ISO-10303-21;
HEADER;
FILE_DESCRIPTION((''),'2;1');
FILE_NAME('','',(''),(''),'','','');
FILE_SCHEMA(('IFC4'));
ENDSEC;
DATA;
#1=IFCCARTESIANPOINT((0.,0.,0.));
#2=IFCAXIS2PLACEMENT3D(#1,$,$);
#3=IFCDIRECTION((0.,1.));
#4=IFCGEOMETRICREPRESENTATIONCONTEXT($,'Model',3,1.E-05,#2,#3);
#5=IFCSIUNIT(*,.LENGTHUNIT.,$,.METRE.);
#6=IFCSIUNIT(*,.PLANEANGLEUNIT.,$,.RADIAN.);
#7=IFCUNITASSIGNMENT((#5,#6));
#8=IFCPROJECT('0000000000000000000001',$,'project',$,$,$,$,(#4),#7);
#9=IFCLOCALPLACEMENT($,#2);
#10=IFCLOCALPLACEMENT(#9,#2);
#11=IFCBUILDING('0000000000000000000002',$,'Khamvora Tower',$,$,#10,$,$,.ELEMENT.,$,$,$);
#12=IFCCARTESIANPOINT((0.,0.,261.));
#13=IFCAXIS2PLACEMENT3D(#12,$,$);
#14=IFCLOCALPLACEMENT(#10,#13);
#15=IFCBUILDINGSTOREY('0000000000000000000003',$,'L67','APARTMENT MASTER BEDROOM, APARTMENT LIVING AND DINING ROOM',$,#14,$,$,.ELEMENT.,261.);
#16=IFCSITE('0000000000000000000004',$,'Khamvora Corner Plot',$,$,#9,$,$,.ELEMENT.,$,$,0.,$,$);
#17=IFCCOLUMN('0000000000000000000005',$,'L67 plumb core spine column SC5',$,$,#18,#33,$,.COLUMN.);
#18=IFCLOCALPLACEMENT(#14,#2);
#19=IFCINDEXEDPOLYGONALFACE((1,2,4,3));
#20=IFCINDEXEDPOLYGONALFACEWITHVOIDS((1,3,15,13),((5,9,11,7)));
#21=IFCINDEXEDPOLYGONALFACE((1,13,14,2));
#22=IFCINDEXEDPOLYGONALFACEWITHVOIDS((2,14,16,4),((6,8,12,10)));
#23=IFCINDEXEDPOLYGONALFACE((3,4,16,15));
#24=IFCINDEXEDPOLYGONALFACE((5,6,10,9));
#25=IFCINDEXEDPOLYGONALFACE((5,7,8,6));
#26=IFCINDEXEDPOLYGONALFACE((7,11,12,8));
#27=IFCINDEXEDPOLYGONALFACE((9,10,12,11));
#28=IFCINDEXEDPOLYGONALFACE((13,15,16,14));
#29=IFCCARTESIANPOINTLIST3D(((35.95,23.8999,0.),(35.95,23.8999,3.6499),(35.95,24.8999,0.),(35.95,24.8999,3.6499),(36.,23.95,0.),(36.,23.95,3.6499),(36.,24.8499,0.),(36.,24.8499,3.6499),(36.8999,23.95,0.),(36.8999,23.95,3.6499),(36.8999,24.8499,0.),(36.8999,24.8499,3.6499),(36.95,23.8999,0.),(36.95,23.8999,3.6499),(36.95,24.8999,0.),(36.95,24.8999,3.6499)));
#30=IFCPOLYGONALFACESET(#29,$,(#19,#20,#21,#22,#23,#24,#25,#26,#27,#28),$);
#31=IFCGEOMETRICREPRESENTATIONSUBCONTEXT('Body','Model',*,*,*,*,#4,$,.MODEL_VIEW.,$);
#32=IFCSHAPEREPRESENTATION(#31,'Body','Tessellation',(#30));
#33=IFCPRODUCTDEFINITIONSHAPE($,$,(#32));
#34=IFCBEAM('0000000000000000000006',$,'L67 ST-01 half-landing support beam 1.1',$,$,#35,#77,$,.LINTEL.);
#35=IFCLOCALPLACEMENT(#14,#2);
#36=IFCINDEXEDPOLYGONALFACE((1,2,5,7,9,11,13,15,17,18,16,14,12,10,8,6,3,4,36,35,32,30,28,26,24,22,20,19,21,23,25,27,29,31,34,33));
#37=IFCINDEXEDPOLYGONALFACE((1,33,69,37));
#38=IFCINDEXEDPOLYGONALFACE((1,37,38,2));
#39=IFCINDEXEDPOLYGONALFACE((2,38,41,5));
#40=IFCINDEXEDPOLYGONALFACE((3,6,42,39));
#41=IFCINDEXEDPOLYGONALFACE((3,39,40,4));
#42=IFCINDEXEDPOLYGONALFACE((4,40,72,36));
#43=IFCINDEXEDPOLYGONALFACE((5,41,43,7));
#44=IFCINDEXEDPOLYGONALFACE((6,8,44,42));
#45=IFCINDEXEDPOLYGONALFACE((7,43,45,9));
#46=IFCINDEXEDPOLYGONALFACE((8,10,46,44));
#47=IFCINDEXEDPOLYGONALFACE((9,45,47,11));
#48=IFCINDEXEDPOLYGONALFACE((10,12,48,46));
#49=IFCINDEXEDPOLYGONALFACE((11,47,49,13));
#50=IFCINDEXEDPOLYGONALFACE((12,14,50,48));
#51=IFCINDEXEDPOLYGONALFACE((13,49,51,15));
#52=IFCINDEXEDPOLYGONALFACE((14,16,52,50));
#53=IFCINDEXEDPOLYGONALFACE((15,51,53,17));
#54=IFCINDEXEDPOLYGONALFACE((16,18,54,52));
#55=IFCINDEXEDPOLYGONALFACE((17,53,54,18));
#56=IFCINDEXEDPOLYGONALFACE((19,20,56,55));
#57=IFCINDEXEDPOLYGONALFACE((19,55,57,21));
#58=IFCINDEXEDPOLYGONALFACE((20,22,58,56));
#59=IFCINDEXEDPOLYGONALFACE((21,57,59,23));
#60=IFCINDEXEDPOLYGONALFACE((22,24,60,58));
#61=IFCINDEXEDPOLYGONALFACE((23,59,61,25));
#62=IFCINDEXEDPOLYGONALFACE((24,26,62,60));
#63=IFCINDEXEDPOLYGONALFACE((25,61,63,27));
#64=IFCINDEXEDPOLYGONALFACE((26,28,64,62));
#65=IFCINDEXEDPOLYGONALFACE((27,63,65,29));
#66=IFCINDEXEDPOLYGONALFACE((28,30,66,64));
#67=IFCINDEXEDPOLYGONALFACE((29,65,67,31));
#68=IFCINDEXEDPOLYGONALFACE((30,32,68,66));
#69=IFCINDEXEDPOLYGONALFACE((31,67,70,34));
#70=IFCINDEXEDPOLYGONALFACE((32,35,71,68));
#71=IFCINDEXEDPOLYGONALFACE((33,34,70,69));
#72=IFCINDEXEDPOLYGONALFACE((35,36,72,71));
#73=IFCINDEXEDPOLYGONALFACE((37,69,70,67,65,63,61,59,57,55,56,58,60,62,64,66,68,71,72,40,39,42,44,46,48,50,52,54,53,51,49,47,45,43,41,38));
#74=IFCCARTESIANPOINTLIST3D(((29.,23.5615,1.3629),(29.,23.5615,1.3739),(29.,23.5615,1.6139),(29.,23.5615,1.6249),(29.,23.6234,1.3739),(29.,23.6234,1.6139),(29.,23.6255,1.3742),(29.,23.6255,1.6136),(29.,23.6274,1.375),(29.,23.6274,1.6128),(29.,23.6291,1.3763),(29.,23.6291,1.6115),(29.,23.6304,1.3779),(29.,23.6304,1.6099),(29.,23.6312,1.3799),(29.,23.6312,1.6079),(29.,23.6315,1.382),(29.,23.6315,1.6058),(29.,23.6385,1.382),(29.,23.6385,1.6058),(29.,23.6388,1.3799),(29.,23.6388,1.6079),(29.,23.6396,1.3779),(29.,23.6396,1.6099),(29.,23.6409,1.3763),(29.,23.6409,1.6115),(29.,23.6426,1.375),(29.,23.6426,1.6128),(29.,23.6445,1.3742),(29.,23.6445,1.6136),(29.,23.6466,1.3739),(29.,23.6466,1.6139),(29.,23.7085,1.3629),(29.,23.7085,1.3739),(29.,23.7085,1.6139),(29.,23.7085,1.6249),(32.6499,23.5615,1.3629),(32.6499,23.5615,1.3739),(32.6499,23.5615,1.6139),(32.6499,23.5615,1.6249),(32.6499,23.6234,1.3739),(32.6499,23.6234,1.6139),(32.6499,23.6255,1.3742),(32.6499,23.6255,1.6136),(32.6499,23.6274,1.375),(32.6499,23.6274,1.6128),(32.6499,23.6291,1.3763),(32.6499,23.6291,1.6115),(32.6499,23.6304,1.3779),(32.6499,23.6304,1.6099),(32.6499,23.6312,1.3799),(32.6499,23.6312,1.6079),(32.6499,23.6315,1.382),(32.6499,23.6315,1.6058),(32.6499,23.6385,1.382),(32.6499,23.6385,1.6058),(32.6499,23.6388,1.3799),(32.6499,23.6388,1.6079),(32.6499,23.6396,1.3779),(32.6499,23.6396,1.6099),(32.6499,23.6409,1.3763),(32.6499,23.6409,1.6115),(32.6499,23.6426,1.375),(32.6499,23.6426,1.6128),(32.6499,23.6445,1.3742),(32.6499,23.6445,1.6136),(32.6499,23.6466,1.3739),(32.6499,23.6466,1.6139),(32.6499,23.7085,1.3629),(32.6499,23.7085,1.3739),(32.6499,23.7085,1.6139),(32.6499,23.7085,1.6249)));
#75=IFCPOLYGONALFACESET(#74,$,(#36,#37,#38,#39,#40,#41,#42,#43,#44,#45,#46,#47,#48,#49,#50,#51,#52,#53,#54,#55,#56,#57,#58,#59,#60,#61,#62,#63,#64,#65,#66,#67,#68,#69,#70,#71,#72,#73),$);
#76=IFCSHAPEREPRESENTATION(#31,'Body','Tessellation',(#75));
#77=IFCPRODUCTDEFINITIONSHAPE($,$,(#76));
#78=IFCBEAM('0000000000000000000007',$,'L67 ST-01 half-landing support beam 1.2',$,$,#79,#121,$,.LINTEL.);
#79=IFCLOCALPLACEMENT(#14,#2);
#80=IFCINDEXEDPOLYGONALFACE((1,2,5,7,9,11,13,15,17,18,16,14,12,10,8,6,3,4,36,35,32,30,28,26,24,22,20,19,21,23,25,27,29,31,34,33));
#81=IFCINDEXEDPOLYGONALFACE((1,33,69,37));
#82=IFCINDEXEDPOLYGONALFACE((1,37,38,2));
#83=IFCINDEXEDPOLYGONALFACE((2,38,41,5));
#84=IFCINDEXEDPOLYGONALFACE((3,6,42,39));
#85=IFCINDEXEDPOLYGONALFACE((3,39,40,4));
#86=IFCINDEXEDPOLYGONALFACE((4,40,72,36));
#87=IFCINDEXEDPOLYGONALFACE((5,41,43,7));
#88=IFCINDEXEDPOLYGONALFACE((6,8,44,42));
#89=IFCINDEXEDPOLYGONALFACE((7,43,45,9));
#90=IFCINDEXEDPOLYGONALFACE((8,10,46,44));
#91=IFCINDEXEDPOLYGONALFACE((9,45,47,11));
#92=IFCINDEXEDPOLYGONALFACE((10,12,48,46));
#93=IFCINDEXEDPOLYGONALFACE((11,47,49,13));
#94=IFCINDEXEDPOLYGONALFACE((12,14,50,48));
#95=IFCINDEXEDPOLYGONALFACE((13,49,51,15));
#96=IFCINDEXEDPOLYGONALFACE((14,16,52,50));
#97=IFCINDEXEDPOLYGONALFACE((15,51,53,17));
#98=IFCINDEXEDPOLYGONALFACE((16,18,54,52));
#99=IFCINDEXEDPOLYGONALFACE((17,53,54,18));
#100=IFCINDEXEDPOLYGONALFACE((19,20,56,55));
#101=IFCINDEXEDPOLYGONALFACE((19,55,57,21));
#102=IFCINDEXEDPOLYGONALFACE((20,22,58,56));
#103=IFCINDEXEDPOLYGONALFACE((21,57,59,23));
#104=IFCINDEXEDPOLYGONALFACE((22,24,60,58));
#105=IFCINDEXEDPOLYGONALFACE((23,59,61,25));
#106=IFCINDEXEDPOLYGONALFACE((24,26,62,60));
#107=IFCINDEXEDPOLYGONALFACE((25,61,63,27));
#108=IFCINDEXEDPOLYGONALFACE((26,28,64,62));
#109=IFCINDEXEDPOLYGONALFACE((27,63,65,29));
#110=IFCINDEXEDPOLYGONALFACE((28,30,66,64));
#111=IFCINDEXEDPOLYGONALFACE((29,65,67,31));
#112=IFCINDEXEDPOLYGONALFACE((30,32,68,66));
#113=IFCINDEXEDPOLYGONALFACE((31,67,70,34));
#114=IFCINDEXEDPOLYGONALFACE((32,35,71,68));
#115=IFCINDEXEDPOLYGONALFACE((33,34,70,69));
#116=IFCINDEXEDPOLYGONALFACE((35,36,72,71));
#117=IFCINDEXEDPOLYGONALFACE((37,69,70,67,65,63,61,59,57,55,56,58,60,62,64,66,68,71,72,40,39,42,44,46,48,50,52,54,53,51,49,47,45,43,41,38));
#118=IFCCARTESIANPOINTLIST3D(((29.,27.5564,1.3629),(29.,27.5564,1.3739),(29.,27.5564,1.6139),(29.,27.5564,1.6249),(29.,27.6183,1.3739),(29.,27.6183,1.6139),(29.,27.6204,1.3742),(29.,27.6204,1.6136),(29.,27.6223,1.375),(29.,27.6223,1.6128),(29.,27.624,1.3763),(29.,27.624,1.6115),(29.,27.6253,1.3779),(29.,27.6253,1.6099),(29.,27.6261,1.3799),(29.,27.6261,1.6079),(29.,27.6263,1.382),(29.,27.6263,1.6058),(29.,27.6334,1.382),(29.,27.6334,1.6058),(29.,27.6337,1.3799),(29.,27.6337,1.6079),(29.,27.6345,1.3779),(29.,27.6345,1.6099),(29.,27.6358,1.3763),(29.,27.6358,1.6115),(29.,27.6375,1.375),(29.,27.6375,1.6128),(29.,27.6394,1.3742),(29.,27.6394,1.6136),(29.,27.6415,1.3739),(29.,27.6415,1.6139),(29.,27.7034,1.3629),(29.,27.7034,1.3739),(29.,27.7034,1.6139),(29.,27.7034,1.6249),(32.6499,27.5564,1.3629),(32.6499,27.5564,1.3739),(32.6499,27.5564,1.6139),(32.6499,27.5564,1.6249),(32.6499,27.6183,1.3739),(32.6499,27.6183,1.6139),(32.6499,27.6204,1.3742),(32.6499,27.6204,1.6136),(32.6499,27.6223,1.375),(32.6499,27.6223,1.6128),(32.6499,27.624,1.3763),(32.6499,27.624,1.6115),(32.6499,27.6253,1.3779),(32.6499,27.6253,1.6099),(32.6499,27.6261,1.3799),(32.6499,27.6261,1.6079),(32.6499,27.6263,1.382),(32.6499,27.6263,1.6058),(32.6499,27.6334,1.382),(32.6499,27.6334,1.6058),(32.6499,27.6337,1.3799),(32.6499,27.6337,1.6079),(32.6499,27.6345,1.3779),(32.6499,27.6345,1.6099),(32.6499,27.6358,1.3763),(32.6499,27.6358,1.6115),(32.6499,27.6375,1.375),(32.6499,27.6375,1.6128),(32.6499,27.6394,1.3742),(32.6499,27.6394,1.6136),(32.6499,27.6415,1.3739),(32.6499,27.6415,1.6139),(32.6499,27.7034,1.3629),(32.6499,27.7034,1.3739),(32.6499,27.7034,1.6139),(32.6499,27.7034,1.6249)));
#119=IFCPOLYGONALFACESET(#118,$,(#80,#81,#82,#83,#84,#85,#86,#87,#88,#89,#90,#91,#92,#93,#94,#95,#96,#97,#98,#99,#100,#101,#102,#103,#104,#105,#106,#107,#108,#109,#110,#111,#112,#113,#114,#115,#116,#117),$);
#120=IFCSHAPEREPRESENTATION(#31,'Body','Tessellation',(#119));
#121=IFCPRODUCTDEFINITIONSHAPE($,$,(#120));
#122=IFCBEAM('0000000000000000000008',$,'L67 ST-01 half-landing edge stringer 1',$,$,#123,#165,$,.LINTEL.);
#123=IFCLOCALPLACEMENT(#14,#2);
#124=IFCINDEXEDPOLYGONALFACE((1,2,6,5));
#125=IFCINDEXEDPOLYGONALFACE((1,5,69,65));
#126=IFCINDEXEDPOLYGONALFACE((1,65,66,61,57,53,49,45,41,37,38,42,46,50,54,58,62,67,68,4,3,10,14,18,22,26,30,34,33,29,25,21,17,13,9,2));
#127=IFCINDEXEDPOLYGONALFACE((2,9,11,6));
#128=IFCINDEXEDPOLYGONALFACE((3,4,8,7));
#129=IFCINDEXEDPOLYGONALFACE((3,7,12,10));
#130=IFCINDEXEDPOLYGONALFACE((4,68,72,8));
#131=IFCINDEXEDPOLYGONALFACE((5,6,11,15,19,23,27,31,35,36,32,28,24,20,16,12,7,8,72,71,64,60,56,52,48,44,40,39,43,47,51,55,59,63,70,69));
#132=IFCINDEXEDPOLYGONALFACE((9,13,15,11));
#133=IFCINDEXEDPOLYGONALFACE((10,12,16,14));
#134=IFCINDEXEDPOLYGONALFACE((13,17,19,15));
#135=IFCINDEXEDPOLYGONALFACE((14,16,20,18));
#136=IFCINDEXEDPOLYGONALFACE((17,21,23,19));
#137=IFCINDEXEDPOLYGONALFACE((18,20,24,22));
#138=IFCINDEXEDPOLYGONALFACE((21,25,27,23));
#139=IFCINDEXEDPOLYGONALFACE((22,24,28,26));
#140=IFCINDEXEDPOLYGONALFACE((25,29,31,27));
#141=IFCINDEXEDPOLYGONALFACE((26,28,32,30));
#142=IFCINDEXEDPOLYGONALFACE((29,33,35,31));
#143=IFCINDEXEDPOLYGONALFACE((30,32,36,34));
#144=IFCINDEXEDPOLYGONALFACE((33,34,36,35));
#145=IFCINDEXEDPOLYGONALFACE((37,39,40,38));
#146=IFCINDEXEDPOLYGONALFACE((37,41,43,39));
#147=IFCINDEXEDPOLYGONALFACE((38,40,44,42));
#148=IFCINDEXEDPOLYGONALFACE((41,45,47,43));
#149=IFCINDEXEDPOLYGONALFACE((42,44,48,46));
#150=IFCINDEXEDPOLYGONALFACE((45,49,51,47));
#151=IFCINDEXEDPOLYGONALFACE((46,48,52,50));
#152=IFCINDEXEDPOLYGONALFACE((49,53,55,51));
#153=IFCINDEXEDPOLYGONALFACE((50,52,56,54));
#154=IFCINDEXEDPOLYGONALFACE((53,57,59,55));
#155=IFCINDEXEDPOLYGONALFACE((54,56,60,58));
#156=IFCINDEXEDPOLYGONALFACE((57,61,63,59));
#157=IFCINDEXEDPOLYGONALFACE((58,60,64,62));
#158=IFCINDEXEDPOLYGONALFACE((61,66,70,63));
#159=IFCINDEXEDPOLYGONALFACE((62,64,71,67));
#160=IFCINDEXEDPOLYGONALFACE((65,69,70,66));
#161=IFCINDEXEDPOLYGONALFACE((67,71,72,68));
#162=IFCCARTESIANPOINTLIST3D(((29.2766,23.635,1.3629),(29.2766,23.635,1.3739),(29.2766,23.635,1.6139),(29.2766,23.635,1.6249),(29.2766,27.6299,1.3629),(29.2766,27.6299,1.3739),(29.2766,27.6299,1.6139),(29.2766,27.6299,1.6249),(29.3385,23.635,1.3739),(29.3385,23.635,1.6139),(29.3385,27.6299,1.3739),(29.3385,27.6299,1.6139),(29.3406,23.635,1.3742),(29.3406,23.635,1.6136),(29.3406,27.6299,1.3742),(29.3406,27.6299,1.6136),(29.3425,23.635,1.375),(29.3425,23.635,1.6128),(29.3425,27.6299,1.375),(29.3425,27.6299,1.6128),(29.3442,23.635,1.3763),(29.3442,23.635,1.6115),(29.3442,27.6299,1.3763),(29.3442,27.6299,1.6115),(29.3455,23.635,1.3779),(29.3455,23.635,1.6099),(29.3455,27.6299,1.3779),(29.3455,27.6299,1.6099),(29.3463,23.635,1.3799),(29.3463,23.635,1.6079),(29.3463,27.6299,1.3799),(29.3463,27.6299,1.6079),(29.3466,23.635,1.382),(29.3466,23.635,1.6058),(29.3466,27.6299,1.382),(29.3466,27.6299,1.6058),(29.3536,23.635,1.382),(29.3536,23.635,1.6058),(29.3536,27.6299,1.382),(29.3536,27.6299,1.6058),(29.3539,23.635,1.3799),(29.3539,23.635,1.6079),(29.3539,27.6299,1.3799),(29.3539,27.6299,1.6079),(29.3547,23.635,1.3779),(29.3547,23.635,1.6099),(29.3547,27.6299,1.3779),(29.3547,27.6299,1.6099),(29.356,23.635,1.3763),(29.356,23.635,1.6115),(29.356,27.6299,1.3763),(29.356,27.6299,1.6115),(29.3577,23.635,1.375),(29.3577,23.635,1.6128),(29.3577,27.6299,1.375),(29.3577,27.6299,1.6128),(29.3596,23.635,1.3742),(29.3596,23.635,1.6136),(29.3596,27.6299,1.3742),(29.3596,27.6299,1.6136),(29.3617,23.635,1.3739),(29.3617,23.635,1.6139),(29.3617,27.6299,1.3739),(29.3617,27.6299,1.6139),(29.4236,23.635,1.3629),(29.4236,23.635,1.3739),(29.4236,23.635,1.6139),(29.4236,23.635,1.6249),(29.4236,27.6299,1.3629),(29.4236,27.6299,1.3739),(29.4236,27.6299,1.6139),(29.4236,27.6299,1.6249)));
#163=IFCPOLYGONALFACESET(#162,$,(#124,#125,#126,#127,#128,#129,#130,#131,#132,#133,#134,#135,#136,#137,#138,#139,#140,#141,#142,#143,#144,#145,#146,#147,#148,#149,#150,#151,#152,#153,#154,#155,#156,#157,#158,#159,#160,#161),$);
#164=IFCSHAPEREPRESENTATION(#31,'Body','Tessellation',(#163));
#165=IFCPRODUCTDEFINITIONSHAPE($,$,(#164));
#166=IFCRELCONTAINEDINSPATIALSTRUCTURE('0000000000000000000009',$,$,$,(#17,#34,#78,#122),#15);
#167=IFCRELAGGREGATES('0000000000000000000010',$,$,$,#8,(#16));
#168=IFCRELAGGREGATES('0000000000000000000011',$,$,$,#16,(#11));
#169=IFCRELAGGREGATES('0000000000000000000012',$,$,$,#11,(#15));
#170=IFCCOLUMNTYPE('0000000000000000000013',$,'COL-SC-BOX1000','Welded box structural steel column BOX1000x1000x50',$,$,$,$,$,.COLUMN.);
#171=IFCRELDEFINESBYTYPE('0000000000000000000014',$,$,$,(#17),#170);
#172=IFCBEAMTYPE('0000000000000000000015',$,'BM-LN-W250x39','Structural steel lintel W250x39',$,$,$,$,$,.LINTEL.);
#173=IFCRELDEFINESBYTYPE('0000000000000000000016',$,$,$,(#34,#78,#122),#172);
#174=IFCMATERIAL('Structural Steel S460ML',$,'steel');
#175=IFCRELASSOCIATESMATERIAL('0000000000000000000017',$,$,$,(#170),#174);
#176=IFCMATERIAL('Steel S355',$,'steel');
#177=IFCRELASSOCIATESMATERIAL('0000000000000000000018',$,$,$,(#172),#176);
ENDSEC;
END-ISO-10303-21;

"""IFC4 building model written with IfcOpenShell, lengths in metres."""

from ifc_helpers import new_model, si_unit, direction, frame, origin, origin_2d, place, context, subcontext, project, spatial, hollow_rectangle, i_section, extrude, material, material_profile, profile_set, type_object, element, save


model = new_model("IFC4")

# Units and contexts
model_context = context("Model", 3, precision=1e-05, world=origin(), true_north=direction((0.0, 1.0)))
body_context = subcontext(model_context, "Body", "Model", "MODEL_VIEW")
ifc_project = project(units=[si_unit("LENGTHUNIT", "METRE"), si_unit("PLANEANGLEUNIT", "RADIAN")], contexts=[model_context])

# Site, building, storey
site_placement = place(None, origin())
site = spatial("IfcSite", under=ifc_project, at=site_placement, Name="Khamvora Corner Plot", CompositionType="ELEMENT", RefElevation=0.0)
building_placement = place(site_placement, origin())
building = spatial("IfcBuilding", under=site, at=building_placement, Name="Khamvora Tower", CompositionType="ELEMENT")
storey_placement = place(building_placement, frame((0.0, 0.0, 261.0)))
storey = spatial("IfcBuildingStorey", under=building, at=storey_placement, Name="L67", Description="APARTMENT MASTER BEDROOM, APARTMENT LIVING AND DINING ROOM", CompositionType="ELEMENT", Elevation=261.0)

# Column
ifc_material_1 = material(Name="Structural Steel S460ML", Category="steel")
ifc_material_profile_1 = material_profile(ifc_material_1, hollow_rectangle(XDim=1.0, YDim=1.0, WallThickness=0.05, at=origin_2d()), Name="BOX1000x1000x50")
ifc_profile_set_1 = profile_set([ifc_material_profile_1], Name="Structural Steel S460ML")
column_type = type_object("IfcColumnType", Name="COL-SC-BOX1000", Description="Welded box structural steel column BOX1000x1000x50", PredefinedType="COLUMN", material=ifc_profile_set_1)
column_placement = place(storey_placement, frame((36.45, 24.3999, 0.0), z_axis=(0.0, 0.0, 1.0), x_axis=(1.0, 0.0, 0.0)))
element("IfcColumn", 1, at=column_placement, inside=storey, type_object=column_type, Name="L67 plumb core spine column SC5", PredefinedType="COLUMN", context=body_context, shape_type="SweptSolid", body=[
    extrude(hollow_rectangle(XDim=1.0, YDim=1.0, WallThickness=0.05, at=origin_2d()), origin(), (0.0, 0.0, 1.0), 3.6499),
])

# Beams
ifc_material_2 = material(Name="Steel S355", Category="steel")
ifc_material_profile_2 = material_profile(ifc_material_2, i_section(OverallWidth=0.147, OverallDepth=0.262, WebThickness=0.0071, FlangeThickness=0.011, FilletRadius=0.0081, at=origin_2d()), Name="W250x39")
ifc_profile_set_2 = profile_set([ifc_material_profile_2], Name="Steel S355")
beam_type_1 = type_object("IfcBeamType", Name="BM-LN-W250x39", Description="Structural steel lintel W250x39", PredefinedType="LINTEL", material=ifc_profile_set_2)
for number, where, z_axis, x_axis, name in (
    (2, (29.0, 23.635, 1.4939), (1.0, 0.0, 0.0), (0.0, 1.0, 0.0), "L67 ST-01 half-landing support beam 1.1"),
    (3, (29.0, 27.6299, 1.4939), (1.0, 0.0, 0.0), (0.0, 1.0, 0.0), "L67 ST-01 half-landing support beam 1.2"),
):
    element("IfcBeam", number, at=place(storey_placement, frame(where, z_axis=z_axis, x_axis=x_axis)), inside=storey, type_object=beam_type_1, Name=name, PredefinedType="LINTEL", context=body_context, shape_type="SweptSolid", body=[
        extrude(i_section(OverallWidth=0.147, OverallDepth=0.262, WebThickness=0.0071, FlangeThickness=0.011, FilletRadius=0.0081, at=origin_2d()), origin(), (0.0, 0.0, 1.0), 3.6499),
    ])
beam_1_placement = place(storey_placement, frame((29.3501, 23.635, 1.4939), z_axis=(0.0, 1.0, 0.0), x_axis=(-1.0, 0.0, 0.0)))
element("IfcBeam", 4, at=beam_1_placement, inside=storey, type_object=beam_type_1, Name="L67 ST-01 half-landing edge stringer 1", PredefinedType="LINTEL", context=body_context, shape_type="SweptSolid", body=[
    extrude(i_section(OverallWidth=0.147, OverallDepth=0.262, WebThickness=0.0071, FlangeThickness=0.011, FilletRadius=0.0081, at=origin_2d()), origin(), (0.0, 0.0, 1.0), 3.9949),
])

save(model, "model.ifc")
